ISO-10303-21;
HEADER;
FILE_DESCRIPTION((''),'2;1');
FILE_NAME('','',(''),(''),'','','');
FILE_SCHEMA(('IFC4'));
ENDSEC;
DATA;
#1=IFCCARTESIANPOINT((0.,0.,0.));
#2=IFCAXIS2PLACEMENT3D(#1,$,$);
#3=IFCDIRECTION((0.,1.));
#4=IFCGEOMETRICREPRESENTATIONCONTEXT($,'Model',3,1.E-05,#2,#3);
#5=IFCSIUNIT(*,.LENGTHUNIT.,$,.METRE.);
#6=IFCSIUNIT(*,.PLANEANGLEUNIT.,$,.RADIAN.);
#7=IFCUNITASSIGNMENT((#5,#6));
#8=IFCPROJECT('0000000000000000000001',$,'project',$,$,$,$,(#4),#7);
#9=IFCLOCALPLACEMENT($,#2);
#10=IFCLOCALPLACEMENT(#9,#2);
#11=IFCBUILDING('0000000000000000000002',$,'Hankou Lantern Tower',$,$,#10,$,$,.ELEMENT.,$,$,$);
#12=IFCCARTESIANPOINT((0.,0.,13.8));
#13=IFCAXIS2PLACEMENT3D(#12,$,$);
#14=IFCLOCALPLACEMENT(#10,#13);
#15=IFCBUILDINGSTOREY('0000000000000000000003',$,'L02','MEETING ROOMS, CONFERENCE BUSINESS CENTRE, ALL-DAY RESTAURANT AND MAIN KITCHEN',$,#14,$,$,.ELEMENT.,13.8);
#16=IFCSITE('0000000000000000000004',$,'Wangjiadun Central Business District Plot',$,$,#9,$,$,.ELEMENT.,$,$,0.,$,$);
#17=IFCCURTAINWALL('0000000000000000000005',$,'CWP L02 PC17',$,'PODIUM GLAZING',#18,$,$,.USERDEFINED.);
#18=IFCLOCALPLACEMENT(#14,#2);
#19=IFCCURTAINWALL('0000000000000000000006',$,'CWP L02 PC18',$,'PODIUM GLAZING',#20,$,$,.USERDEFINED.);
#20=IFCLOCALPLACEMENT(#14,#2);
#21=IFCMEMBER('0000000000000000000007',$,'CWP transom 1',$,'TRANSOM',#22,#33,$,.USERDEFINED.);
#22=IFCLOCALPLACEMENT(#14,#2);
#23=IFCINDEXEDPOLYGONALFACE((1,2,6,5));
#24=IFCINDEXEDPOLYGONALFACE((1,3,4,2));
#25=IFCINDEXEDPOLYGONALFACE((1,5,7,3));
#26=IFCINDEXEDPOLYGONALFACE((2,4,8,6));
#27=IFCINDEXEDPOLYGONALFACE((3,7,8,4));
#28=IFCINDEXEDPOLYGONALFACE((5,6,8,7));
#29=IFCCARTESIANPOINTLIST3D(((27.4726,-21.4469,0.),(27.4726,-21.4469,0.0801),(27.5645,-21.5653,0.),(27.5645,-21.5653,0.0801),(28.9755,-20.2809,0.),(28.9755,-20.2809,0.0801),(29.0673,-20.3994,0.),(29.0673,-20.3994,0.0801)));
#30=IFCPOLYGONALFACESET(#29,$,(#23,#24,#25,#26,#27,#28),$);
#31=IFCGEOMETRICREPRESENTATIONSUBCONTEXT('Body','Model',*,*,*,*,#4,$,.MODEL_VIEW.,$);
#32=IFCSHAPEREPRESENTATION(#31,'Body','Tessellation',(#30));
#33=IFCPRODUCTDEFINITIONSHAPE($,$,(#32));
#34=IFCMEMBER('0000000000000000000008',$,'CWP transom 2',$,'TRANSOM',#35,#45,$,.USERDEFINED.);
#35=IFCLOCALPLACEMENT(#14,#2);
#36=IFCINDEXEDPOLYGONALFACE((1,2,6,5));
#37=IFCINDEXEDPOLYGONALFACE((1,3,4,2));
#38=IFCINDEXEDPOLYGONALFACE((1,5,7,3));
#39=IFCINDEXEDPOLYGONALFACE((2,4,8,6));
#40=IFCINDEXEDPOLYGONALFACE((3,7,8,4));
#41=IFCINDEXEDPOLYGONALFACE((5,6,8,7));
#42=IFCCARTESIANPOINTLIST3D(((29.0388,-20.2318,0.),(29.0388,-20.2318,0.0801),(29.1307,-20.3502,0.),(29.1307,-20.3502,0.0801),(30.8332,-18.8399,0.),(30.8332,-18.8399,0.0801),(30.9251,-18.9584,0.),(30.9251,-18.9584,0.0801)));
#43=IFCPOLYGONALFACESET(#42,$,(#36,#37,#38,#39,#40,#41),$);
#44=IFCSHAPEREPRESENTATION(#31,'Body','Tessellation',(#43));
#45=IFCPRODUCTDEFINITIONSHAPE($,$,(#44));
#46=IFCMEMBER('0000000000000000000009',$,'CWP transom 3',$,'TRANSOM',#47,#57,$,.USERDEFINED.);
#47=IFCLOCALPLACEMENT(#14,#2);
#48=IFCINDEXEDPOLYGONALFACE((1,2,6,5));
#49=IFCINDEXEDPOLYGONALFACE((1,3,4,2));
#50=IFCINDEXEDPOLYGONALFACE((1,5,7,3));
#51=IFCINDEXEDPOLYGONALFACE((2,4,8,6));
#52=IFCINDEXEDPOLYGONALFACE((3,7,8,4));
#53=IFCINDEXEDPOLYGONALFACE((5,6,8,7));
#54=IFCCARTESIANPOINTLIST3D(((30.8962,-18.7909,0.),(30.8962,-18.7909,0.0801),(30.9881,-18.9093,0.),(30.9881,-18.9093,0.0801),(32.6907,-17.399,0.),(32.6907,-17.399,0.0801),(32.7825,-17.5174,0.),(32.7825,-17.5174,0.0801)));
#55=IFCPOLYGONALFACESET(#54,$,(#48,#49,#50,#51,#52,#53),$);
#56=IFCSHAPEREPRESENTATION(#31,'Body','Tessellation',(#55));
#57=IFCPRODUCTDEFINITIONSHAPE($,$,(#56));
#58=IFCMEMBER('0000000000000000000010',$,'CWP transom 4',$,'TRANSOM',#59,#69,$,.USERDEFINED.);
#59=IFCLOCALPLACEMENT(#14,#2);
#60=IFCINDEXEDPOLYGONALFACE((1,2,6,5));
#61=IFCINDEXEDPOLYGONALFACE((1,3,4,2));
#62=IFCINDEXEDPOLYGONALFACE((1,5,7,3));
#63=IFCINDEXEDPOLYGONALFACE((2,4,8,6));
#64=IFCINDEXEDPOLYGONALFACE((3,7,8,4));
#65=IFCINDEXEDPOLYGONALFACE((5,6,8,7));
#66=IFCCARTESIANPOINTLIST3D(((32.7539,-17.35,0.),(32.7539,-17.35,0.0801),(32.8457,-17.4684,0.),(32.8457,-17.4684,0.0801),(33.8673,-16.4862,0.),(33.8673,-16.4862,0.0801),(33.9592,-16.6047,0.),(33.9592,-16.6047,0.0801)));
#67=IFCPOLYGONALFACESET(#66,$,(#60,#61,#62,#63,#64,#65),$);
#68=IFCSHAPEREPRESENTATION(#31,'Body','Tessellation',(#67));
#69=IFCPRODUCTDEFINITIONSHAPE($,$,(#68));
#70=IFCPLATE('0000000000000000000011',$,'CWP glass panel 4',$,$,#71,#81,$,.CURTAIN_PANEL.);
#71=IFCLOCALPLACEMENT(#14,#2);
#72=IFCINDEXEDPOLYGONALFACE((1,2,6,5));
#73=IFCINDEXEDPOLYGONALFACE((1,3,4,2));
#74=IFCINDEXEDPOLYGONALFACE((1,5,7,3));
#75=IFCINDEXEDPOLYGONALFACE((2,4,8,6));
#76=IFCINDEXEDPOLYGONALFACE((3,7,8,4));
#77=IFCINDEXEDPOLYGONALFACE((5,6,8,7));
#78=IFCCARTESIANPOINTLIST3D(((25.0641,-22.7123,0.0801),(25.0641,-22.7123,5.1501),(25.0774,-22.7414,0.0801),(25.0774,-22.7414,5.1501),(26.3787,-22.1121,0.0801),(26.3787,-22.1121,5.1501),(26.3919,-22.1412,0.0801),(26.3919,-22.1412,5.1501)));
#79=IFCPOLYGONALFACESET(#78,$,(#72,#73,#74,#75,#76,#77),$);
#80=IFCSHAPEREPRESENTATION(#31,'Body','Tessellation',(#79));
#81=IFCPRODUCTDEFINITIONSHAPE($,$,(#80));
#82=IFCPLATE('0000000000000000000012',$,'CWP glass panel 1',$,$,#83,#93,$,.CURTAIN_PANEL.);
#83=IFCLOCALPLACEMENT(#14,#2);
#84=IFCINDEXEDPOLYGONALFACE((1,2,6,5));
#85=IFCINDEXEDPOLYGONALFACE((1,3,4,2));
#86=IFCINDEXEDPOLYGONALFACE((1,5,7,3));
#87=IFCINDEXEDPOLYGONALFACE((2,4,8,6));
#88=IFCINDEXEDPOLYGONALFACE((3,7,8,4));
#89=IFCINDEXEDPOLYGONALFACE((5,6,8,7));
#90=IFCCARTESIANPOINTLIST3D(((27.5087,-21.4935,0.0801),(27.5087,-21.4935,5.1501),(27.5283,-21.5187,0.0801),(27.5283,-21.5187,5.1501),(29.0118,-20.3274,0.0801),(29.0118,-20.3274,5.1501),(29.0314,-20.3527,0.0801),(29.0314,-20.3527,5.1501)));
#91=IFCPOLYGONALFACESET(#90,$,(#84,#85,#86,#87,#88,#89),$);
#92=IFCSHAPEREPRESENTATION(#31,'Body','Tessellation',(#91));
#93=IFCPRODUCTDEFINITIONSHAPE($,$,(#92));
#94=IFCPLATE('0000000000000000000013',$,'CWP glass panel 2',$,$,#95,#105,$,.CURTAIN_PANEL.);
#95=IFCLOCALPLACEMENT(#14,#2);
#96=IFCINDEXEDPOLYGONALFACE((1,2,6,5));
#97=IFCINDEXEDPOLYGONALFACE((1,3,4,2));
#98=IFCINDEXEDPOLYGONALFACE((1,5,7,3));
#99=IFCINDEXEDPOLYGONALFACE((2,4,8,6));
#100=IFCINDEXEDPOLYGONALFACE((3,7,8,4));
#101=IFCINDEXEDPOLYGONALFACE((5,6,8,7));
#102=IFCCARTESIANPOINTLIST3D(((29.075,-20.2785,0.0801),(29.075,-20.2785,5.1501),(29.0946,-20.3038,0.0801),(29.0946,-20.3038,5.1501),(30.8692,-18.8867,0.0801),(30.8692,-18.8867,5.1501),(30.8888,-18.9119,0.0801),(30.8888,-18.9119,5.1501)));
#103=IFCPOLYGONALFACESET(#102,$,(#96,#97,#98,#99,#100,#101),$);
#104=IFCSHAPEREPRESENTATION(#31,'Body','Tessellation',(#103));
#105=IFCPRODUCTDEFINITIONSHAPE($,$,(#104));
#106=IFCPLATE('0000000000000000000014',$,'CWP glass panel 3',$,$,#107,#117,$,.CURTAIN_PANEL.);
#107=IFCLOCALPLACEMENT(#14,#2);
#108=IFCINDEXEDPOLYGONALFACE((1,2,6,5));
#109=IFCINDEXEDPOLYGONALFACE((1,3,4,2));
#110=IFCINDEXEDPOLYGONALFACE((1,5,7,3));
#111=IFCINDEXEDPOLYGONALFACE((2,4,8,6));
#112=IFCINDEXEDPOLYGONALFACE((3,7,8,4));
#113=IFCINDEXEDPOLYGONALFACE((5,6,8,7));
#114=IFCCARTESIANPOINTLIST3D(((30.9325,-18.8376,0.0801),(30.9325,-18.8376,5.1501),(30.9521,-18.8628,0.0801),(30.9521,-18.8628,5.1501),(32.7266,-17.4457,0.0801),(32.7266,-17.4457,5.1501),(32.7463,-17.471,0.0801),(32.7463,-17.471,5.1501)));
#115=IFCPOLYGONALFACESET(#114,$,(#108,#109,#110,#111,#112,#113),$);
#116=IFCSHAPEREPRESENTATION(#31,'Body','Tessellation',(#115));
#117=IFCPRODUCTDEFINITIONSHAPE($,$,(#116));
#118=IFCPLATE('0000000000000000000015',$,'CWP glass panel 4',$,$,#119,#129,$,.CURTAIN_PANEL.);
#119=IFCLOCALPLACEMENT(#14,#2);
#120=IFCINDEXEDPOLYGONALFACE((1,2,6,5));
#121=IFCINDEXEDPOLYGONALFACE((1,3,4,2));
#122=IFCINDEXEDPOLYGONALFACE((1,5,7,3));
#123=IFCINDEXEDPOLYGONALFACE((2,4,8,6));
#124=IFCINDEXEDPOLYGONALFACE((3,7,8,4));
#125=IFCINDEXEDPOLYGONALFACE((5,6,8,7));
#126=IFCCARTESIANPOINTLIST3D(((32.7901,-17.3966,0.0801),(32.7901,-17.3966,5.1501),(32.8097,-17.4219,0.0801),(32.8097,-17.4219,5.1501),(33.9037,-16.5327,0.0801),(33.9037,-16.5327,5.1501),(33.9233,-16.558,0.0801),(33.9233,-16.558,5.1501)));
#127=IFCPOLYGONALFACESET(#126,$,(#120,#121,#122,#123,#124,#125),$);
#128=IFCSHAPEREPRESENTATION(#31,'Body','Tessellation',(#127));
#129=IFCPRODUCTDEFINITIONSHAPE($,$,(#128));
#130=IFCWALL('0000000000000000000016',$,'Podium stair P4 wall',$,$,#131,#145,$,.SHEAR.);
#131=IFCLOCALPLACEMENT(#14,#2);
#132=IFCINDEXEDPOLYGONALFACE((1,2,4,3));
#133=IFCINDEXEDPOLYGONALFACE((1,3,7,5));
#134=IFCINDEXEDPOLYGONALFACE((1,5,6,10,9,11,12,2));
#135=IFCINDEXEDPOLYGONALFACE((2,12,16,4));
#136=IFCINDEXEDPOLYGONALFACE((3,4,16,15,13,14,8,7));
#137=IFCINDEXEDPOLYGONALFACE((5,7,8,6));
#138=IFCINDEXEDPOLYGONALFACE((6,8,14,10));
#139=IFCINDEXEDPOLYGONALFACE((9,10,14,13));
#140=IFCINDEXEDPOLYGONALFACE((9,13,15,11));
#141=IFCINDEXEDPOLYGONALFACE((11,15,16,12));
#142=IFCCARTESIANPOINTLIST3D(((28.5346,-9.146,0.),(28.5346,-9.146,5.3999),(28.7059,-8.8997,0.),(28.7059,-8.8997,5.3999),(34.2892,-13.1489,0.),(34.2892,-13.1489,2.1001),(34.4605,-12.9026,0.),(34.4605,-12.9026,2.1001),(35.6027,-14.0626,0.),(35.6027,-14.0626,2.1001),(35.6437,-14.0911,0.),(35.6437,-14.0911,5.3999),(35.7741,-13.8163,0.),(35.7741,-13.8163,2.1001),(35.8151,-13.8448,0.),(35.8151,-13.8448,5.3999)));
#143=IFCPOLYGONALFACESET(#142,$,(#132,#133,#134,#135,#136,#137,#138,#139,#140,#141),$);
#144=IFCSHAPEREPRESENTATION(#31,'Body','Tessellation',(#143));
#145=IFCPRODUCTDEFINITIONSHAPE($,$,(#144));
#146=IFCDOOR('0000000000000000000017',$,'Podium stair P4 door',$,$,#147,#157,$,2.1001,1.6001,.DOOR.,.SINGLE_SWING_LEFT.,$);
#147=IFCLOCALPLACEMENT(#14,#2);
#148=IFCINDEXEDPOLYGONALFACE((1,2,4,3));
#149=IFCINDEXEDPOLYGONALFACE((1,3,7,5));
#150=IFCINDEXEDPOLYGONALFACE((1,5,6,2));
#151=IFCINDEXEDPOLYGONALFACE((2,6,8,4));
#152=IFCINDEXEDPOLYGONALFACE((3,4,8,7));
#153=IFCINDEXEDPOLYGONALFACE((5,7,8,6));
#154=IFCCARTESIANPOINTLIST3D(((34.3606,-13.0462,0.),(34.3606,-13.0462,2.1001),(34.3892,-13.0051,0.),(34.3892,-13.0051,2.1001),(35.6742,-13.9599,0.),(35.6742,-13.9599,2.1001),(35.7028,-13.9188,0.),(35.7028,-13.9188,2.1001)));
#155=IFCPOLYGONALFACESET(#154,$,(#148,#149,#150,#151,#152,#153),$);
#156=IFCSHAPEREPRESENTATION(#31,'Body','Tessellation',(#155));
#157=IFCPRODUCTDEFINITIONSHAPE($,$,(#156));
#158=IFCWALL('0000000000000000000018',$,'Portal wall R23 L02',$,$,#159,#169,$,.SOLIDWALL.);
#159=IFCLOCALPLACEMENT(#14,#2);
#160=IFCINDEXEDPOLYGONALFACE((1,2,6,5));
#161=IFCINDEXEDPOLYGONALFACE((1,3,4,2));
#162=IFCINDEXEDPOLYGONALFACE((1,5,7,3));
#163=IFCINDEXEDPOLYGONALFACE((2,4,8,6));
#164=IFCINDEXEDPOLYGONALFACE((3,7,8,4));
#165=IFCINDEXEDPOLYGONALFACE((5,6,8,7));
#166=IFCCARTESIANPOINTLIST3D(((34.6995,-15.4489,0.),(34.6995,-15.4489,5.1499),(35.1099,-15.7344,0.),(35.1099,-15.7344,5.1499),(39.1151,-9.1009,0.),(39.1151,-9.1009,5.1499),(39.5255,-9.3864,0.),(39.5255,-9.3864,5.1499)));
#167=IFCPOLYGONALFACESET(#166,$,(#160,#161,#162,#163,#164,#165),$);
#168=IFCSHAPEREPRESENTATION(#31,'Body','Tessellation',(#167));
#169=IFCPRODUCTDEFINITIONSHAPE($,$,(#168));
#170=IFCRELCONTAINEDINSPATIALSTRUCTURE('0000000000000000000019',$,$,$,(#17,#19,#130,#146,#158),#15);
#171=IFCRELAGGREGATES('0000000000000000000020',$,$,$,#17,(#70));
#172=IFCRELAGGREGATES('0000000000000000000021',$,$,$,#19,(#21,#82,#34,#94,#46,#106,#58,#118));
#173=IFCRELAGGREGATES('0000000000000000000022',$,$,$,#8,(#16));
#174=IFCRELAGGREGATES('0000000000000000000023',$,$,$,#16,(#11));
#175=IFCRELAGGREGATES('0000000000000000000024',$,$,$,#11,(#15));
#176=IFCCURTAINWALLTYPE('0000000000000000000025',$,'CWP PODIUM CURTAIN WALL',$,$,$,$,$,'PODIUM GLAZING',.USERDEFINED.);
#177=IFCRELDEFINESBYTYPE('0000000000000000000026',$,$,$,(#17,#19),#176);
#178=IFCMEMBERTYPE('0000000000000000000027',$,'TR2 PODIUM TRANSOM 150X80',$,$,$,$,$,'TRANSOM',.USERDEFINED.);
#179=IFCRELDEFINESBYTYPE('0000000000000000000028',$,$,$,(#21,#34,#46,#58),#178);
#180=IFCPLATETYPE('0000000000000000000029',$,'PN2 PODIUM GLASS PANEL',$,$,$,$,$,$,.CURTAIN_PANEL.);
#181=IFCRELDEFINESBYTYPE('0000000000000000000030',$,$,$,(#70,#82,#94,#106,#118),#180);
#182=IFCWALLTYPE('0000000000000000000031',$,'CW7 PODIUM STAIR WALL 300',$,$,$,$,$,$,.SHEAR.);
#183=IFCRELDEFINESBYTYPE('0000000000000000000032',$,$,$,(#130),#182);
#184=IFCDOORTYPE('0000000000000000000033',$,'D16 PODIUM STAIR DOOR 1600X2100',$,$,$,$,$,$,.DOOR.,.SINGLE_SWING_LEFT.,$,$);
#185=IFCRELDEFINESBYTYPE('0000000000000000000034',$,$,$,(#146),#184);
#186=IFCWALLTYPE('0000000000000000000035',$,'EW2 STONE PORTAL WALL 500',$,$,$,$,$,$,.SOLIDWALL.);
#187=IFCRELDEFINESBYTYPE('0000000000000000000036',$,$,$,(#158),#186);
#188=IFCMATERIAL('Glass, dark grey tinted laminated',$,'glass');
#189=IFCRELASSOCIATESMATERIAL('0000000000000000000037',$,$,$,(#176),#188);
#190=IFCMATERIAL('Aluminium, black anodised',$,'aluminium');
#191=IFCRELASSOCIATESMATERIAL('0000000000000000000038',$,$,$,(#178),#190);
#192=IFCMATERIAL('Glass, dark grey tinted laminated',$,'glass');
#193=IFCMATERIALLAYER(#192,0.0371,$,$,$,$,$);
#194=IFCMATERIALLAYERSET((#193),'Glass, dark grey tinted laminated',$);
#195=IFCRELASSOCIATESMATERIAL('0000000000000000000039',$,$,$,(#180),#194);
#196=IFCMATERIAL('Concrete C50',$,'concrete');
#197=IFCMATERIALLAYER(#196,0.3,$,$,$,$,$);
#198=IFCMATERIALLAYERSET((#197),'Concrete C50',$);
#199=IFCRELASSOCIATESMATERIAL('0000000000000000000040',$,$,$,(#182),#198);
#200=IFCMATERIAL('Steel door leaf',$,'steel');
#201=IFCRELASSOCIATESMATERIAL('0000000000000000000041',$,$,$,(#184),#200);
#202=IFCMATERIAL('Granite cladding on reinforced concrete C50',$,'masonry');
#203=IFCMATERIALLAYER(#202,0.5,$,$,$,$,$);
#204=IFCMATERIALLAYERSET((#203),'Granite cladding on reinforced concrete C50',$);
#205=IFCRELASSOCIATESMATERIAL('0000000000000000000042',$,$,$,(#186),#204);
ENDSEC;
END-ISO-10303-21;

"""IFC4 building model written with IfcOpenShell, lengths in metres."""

from ifc_helpers import new_model, si_unit, direction, frame, frame_2d, origin, origin_2d, place, context, subcontext, project, spatial, rectangle, extrude, material, layer, layer_set, material_profile, profile_set, type_object, element, fill, aggregate, save


model = new_model("IFC4")

# Units and contexts
model_context = context("Model", 3, precision=1e-05, world=origin(), true_north=direction((0.0, 1.0)))
body_context = subcontext(model_context, "Body", "Model", "MODEL_VIEW")
ifc_project = project(units=[si_unit("LENGTHUNIT", "METRE"), si_unit("PLANEANGLEUNIT", "RADIAN")], contexts=[model_context])

# Site, building, storey
site_placement = place(None, origin())
site = spatial("IfcSite", under=ifc_project, at=site_placement, Name="Wangjiadun Central Business District Plot", CompositionType="ELEMENT", RefElevation=0.0)
building_placement = place(site_placement, origin())
building = spatial("IfcBuilding", under=site, at=building_placement, Name="Hankou Lantern Tower", CompositionType="ELEMENT")
storey_placement = place(building_placement, frame((0.0, 0.0, 13.8)))
storey = spatial("IfcBuildingStorey", under=building, at=storey_placement, Name="L02", Description="MEETING ROOMS, CONFERENCE BUSINESS CENTRE, ALL-DAY RESTAURANT AND MAIN KITCHEN", CompositionType="ELEMENT", Elevation=13.8)

# Curtain wall
ifc_material_1 = material(Name="Glass, dark grey tinted laminated", Category="glass")
curtain_wall_type = type_object("IfcCurtainWallType", Name="CWP PODIUM CURTAIN WALL", ElementType="PODIUM GLAZING", PredefinedType="USERDEFINED", material=ifc_material_1)
curtain_wall_1_placement = place(storey_placement, origin())
curtain_wall_1 = element("IfcCurtainWall", 1, at=curtain_wall_1_placement, inside=storey, type_object=curtain_wall_type, Name="CWP L02 PC17", ObjectType="PODIUM GLAZING", PredefinedType="USERDEFINED")

# Curtain wall
curtain_wall_2_placement = place(storey_placement, origin())
curtain_wall_2 = element("IfcCurtainWall", 2, at=curtain_wall_2_placement, inside=storey, type_object=curtain_wall_type, Name="CWP L02 PC18", ObjectType="PODIUM GLAZING", PredefinedType="USERDEFINED")

# Members
ifc_material_2 = material(Name="Aluminium, black anodised", Category="aluminium")
ifc_material_profile_1 = material_profile(ifc_material_2, rectangle(XDim=0.1499, YDim=0.0801, at=origin_2d()), Name="TR2 150X80")
ifc_profile_set_1 = profile_set([ifc_material_profile_1], Name="Aluminium, black anodised")
member_type_1 = type_object("IfcMemberType", Name="TR2 PODIUM TRANSOM 150X80", ElementType="TRANSOM", PredefinedType="USERDEFINED", material=ifc_profile_set_1)
member_1_placement = place(storey_placement, frame((27.5186, -21.5061, 0.04), z_axis=(0.790098, 0.612981, 0.0), x_axis=(-0.612981, 0.790098, 0.0)))
member_1 = element("IfcMember", 3, at=member_1_placement, type_object=member_type_1, Name="CWP transom 1", ObjectType="TRANSOM", PredefinedType="USERDEFINED", context=body_context, shape_type="SweptSolid", body=[
    extrude(rectangle(XDim=0.1499, YDim=0.0801, at=origin_2d()), origin(), (0.0, 0.0, 1.0), 1.9021),
])
member_2_placement = place(storey_placement, frame((29.0847, -20.291, 0.04), z_axis=(0.790168, 0.612891, 0.0), x_axis=(-0.612891, 0.790168, 0.0)))
member_2 = element("IfcMember", 4, at=member_2_placement, type_object=member_type_1, Name="CWP transom 2", ObjectType="TRANSOM", PredefinedType="USERDEFINED", context=body_context, shape_type="SweptSolid", body=[
    extrude(rectangle(XDim=0.1499, YDim=0.0801, at=origin_2d()), origin(), (0.0, 0.0, 1.0), 2.271),
])
member_3_placement = place(storey_placement, frame((30.9421, -18.8501, 0.04), z_axis=(0.790168, 0.612891, 0.0), x_axis=(-0.612891, 0.790168, 0.0)))
member_3 = element("IfcMember", 5, at=member_3_placement, type_object=member_type_1, Name="CWP transom 3", ObjectType="TRANSOM", PredefinedType="USERDEFINED", context=body_context, shape_type="SweptSolid", body=[
    extrude(rectangle(XDim=0.1499, YDim=0.0801, at=origin_2d()), origin(), (0.0, 0.0, 1.0), 2.271),
])
member_4_placement = place(storey_placement, frame((32.7998, -17.4092, 0.04), z_axis=(0.790144, 0.612921, 0.0), x_axis=(-0.612921, 0.790144, 0.0)))
member_4 = element("IfcMember", 6, at=member_4_placement, type_object=member_type_1, Name="CWP transom 4", ObjectType="TRANSOM", PredefinedType="USERDEFINED", context=body_context, shape_type="SweptSolid", body=[
    extrude(rectangle(XDim=0.1499, YDim=0.0801, at=origin_2d()), origin(), (0.0, 0.0, 1.0), 1.4092),
])

# Plates
ifc_material_3 = material(Name="Glass, dark grey tinted laminated", Category="glass")
ifc_layer_1 = layer(ifc_material_3, 0.0371)
ifc_layer_set_1 = layer_set([ifc_layer_1], Name="Glass, dark grey tinted laminated")
plate_type = type_object("IfcPlateType", Name="PN2 PODIUM GLASS PANEL", PredefinedType="CURTAIN_PANEL", material=ifc_layer_set_1)
plate_1_placement = place(storey_placement, frame((25.728, -22.4268, 0.0801), z_axis=(0.0, 0.0, 1.0), x_axis=(0.90967, 0.415332, 0.0)))
plate_1 = element("IfcPlate", 7, at=plate_1_placement, type_object=plate_type, Name="CWP glass panel 4", PredefinedType="CURTAIN_PANEL", context=body_context, shape_type="SweptSolid", body=[
    extrude(rectangle(XDim=1.4451, YDim=0.032, at=origin_2d()), origin(), (0.0, 0.0, 1.0), 5.0701),
])
aggregate(curtain_wall_1, [plate_1])
plate_2_placement = place(storey_placement, frame((28.27, -20.9231, 0.0801), z_axis=(0.0, 0.0, 1.0), x_axis=(0.79013, 0.61294, 0.0)))
plate_2 = element("IfcPlate", 8, at=plate_2_placement, type_object=plate_type, Name="CWP glass panel 1", PredefinedType="CURTAIN_PANEL", context=body_context, shape_type="SweptSolid", body=[
    extrude(rectangle(XDim=1.9023, YDim=0.032, at=origin_2d()), origin(), (0.0, 0.0, 1.0), 5.0701),
])
plate_3_placement = place(storey_placement, frame((29.9819, -19.5952, 0.0801), z_axis=(0.0, 0.0, 1.0), x_axis=(0.79013, 0.61294, 0.0)))
plate_3 = element("IfcPlate", 9, at=plate_3_placement, type_object=plate_type, Name="CWP glass panel 2", PredefinedType="CURTAIN_PANEL", context=body_context, shape_type="SweptSolid", body=[
    extrude(rectangle(XDim=2.2708, YDim=0.032, at=origin_2d()), origin(), (0.0, 0.0, 1.0), 5.0701),
])
plate_4_placement = place(storey_placement, frame((31.8394, -18.1543, 0.0801), z_axis=(0.0, 0.0, 1.0), x_axis=(0.79013, 0.61294, 0.0)))
plate_4 = element("IfcPlate", 10, at=plate_4_placement, type_object=plate_type, Name="CWP glass panel 3", PredefinedType="CURTAIN_PANEL", context=body_context, shape_type="SweptSolid", body=[
    extrude(rectangle(XDim=2.2708, YDim=0.032, at=origin_2d()), origin(), (0.0, 0.0, 1.0), 5.0701),
])
plate_5_placement = place(storey_placement, frame((33.3567, -16.9773, 0.0801), z_axis=(0.0, 0.0, 1.0), x_axis=(0.79013, 0.61294, 0.0)))
plate_5 = element("IfcPlate", 11, at=plate_5_placement, type_object=plate_type, Name="CWP glass panel 4", PredefinedType="CURTAIN_PANEL", context=body_context, shape_type="SweptSolid", body=[
    extrude(rectangle(XDim=1.4094, YDim=0.032, at=origin_2d()), origin(), (0.0, 0.0, 1.0), 5.0701),
])
aggregate(curtain_wall_2, [member_1, plate_2, member_2, plate_3, member_3, plate_4, member_4, plate_5])

# Wall, opening, door
ifc_material_4 = material(Name="Concrete C50", Category="concrete")
ifc_layer_2 = layer(ifc_material_4, 0.3)
ifc_layer_set_2 = layer_set([ifc_layer_2], Name="Concrete C50")
wall_type_1 = type_object("IfcWallType", Name="CW7 PODIUM STAIR WALL 300", PredefinedType="SHEAR", material=ifc_layer_set_2)
wall_1_placement = place(storey_placement, frame((35.7295, -13.968, 0.0), z_axis=(0.0, 0.0, 1.0), x_axis=(-0.820928, 0.571032, 0.0)))
wall_1 = element("IfcWall", 12, at=wall_1_placement, inside=storey, type_object=wall_type_1, Name="Podium stair P4 wall", PredefinedType="SHEAR", context=body_context, shape_type="SweptSolid", body=[
    extrude(rectangle(XDim=8.6599, YDim=0.3, at=frame_2d((4.3301, 0.0))), origin(), (0.0, 0.0, 1.0), 5.3999),
])
opening_placement = place(wall_1_placement, frame((0.05, 0.0, 0.0)))
opening = element("IfcOpeningElement", 13, at=opening_placement, cuts=wall_1, PredefinedType="OPENING", context=body_context, shape_type="SweptSolid", body=[
    extrude(rectangle(XDim=1.6001, YDim=2.1001, at=frame_2d((0.8, 1.05))), frame((0.0, 0.1599, 0.0), z_axis=(0.0, -1.0, 0.0), x_axis=(1.0, 0.0, 0.0)), (0.0, 0.0, 1.0), 0.3201),
])
ifc_material_5 = material(Name="Steel door leaf", Category="steel")
door_type = type_object("IfcDoorType", Name="D16 PODIUM STAIR DOOR 1600X2100", OperationType="SINGLE_SWING_LEFT", PredefinedType="DOOR", material=ifc_material_5)
door_placement = place(opening_placement, origin())
door = element("IfcDoor", 14, at=door_placement, inside=storey, type_object=door_type, Name="Podium stair P4 door", OperationType="SINGLE_SWING_LEFT", OverallHeight=2.1001, OverallWidth=1.6001, PredefinedType="DOOR", context=body_context, shape_type="SweptSolid", body=[
    extrude(rectangle(XDim=1.6001, YDim=2.1001, at=frame_2d((0.8, 1.05))), frame((0.0, 0.0249, 0.0), z_axis=(0.0, -1.0, 0.0), x_axis=(1.0, 0.0, 0.0)), (0.0, 0.0, 1.0), 0.05),
])
fill(opening, door)

# Wall
ifc_material_6 = material(Name="Granite cladding on reinforced concrete C50", Category="masonry")
ifc_layer_3 = layer(ifc_material_6, 0.5)
ifc_layer_set_3 = layer_set([ifc_layer_3], Name="Granite cladding on reinforced concrete C50")
wall_type_2 = type_object("IfcWallType", Name="EW2 STONE PORTAL WALL 500", PredefinedType="SOLIDWALL", material=ifc_layer_set_3)
wall_2_placement = place(storey_placement, frame((34.9048, -15.5916, 0.0), z_axis=(0.0, 0.0, 1.0), x_axis=(0.571029, 0.82093, 0.0)))
element("IfcWall", 15, at=wall_2_placement, inside=storey, type_object=wall_type_2, Name="Portal wall R23 L02", PredefinedType="SOLIDWALL", context=body_context, shape_type="SweptSolid", body=[
    extrude(rectangle(XDim=7.7327, YDim=0.5, at=frame_2d((3.8662, 0.0))), origin(), (0.0, 0.0, 1.0), 5.1499),
])

save(model, "model.ifc")
